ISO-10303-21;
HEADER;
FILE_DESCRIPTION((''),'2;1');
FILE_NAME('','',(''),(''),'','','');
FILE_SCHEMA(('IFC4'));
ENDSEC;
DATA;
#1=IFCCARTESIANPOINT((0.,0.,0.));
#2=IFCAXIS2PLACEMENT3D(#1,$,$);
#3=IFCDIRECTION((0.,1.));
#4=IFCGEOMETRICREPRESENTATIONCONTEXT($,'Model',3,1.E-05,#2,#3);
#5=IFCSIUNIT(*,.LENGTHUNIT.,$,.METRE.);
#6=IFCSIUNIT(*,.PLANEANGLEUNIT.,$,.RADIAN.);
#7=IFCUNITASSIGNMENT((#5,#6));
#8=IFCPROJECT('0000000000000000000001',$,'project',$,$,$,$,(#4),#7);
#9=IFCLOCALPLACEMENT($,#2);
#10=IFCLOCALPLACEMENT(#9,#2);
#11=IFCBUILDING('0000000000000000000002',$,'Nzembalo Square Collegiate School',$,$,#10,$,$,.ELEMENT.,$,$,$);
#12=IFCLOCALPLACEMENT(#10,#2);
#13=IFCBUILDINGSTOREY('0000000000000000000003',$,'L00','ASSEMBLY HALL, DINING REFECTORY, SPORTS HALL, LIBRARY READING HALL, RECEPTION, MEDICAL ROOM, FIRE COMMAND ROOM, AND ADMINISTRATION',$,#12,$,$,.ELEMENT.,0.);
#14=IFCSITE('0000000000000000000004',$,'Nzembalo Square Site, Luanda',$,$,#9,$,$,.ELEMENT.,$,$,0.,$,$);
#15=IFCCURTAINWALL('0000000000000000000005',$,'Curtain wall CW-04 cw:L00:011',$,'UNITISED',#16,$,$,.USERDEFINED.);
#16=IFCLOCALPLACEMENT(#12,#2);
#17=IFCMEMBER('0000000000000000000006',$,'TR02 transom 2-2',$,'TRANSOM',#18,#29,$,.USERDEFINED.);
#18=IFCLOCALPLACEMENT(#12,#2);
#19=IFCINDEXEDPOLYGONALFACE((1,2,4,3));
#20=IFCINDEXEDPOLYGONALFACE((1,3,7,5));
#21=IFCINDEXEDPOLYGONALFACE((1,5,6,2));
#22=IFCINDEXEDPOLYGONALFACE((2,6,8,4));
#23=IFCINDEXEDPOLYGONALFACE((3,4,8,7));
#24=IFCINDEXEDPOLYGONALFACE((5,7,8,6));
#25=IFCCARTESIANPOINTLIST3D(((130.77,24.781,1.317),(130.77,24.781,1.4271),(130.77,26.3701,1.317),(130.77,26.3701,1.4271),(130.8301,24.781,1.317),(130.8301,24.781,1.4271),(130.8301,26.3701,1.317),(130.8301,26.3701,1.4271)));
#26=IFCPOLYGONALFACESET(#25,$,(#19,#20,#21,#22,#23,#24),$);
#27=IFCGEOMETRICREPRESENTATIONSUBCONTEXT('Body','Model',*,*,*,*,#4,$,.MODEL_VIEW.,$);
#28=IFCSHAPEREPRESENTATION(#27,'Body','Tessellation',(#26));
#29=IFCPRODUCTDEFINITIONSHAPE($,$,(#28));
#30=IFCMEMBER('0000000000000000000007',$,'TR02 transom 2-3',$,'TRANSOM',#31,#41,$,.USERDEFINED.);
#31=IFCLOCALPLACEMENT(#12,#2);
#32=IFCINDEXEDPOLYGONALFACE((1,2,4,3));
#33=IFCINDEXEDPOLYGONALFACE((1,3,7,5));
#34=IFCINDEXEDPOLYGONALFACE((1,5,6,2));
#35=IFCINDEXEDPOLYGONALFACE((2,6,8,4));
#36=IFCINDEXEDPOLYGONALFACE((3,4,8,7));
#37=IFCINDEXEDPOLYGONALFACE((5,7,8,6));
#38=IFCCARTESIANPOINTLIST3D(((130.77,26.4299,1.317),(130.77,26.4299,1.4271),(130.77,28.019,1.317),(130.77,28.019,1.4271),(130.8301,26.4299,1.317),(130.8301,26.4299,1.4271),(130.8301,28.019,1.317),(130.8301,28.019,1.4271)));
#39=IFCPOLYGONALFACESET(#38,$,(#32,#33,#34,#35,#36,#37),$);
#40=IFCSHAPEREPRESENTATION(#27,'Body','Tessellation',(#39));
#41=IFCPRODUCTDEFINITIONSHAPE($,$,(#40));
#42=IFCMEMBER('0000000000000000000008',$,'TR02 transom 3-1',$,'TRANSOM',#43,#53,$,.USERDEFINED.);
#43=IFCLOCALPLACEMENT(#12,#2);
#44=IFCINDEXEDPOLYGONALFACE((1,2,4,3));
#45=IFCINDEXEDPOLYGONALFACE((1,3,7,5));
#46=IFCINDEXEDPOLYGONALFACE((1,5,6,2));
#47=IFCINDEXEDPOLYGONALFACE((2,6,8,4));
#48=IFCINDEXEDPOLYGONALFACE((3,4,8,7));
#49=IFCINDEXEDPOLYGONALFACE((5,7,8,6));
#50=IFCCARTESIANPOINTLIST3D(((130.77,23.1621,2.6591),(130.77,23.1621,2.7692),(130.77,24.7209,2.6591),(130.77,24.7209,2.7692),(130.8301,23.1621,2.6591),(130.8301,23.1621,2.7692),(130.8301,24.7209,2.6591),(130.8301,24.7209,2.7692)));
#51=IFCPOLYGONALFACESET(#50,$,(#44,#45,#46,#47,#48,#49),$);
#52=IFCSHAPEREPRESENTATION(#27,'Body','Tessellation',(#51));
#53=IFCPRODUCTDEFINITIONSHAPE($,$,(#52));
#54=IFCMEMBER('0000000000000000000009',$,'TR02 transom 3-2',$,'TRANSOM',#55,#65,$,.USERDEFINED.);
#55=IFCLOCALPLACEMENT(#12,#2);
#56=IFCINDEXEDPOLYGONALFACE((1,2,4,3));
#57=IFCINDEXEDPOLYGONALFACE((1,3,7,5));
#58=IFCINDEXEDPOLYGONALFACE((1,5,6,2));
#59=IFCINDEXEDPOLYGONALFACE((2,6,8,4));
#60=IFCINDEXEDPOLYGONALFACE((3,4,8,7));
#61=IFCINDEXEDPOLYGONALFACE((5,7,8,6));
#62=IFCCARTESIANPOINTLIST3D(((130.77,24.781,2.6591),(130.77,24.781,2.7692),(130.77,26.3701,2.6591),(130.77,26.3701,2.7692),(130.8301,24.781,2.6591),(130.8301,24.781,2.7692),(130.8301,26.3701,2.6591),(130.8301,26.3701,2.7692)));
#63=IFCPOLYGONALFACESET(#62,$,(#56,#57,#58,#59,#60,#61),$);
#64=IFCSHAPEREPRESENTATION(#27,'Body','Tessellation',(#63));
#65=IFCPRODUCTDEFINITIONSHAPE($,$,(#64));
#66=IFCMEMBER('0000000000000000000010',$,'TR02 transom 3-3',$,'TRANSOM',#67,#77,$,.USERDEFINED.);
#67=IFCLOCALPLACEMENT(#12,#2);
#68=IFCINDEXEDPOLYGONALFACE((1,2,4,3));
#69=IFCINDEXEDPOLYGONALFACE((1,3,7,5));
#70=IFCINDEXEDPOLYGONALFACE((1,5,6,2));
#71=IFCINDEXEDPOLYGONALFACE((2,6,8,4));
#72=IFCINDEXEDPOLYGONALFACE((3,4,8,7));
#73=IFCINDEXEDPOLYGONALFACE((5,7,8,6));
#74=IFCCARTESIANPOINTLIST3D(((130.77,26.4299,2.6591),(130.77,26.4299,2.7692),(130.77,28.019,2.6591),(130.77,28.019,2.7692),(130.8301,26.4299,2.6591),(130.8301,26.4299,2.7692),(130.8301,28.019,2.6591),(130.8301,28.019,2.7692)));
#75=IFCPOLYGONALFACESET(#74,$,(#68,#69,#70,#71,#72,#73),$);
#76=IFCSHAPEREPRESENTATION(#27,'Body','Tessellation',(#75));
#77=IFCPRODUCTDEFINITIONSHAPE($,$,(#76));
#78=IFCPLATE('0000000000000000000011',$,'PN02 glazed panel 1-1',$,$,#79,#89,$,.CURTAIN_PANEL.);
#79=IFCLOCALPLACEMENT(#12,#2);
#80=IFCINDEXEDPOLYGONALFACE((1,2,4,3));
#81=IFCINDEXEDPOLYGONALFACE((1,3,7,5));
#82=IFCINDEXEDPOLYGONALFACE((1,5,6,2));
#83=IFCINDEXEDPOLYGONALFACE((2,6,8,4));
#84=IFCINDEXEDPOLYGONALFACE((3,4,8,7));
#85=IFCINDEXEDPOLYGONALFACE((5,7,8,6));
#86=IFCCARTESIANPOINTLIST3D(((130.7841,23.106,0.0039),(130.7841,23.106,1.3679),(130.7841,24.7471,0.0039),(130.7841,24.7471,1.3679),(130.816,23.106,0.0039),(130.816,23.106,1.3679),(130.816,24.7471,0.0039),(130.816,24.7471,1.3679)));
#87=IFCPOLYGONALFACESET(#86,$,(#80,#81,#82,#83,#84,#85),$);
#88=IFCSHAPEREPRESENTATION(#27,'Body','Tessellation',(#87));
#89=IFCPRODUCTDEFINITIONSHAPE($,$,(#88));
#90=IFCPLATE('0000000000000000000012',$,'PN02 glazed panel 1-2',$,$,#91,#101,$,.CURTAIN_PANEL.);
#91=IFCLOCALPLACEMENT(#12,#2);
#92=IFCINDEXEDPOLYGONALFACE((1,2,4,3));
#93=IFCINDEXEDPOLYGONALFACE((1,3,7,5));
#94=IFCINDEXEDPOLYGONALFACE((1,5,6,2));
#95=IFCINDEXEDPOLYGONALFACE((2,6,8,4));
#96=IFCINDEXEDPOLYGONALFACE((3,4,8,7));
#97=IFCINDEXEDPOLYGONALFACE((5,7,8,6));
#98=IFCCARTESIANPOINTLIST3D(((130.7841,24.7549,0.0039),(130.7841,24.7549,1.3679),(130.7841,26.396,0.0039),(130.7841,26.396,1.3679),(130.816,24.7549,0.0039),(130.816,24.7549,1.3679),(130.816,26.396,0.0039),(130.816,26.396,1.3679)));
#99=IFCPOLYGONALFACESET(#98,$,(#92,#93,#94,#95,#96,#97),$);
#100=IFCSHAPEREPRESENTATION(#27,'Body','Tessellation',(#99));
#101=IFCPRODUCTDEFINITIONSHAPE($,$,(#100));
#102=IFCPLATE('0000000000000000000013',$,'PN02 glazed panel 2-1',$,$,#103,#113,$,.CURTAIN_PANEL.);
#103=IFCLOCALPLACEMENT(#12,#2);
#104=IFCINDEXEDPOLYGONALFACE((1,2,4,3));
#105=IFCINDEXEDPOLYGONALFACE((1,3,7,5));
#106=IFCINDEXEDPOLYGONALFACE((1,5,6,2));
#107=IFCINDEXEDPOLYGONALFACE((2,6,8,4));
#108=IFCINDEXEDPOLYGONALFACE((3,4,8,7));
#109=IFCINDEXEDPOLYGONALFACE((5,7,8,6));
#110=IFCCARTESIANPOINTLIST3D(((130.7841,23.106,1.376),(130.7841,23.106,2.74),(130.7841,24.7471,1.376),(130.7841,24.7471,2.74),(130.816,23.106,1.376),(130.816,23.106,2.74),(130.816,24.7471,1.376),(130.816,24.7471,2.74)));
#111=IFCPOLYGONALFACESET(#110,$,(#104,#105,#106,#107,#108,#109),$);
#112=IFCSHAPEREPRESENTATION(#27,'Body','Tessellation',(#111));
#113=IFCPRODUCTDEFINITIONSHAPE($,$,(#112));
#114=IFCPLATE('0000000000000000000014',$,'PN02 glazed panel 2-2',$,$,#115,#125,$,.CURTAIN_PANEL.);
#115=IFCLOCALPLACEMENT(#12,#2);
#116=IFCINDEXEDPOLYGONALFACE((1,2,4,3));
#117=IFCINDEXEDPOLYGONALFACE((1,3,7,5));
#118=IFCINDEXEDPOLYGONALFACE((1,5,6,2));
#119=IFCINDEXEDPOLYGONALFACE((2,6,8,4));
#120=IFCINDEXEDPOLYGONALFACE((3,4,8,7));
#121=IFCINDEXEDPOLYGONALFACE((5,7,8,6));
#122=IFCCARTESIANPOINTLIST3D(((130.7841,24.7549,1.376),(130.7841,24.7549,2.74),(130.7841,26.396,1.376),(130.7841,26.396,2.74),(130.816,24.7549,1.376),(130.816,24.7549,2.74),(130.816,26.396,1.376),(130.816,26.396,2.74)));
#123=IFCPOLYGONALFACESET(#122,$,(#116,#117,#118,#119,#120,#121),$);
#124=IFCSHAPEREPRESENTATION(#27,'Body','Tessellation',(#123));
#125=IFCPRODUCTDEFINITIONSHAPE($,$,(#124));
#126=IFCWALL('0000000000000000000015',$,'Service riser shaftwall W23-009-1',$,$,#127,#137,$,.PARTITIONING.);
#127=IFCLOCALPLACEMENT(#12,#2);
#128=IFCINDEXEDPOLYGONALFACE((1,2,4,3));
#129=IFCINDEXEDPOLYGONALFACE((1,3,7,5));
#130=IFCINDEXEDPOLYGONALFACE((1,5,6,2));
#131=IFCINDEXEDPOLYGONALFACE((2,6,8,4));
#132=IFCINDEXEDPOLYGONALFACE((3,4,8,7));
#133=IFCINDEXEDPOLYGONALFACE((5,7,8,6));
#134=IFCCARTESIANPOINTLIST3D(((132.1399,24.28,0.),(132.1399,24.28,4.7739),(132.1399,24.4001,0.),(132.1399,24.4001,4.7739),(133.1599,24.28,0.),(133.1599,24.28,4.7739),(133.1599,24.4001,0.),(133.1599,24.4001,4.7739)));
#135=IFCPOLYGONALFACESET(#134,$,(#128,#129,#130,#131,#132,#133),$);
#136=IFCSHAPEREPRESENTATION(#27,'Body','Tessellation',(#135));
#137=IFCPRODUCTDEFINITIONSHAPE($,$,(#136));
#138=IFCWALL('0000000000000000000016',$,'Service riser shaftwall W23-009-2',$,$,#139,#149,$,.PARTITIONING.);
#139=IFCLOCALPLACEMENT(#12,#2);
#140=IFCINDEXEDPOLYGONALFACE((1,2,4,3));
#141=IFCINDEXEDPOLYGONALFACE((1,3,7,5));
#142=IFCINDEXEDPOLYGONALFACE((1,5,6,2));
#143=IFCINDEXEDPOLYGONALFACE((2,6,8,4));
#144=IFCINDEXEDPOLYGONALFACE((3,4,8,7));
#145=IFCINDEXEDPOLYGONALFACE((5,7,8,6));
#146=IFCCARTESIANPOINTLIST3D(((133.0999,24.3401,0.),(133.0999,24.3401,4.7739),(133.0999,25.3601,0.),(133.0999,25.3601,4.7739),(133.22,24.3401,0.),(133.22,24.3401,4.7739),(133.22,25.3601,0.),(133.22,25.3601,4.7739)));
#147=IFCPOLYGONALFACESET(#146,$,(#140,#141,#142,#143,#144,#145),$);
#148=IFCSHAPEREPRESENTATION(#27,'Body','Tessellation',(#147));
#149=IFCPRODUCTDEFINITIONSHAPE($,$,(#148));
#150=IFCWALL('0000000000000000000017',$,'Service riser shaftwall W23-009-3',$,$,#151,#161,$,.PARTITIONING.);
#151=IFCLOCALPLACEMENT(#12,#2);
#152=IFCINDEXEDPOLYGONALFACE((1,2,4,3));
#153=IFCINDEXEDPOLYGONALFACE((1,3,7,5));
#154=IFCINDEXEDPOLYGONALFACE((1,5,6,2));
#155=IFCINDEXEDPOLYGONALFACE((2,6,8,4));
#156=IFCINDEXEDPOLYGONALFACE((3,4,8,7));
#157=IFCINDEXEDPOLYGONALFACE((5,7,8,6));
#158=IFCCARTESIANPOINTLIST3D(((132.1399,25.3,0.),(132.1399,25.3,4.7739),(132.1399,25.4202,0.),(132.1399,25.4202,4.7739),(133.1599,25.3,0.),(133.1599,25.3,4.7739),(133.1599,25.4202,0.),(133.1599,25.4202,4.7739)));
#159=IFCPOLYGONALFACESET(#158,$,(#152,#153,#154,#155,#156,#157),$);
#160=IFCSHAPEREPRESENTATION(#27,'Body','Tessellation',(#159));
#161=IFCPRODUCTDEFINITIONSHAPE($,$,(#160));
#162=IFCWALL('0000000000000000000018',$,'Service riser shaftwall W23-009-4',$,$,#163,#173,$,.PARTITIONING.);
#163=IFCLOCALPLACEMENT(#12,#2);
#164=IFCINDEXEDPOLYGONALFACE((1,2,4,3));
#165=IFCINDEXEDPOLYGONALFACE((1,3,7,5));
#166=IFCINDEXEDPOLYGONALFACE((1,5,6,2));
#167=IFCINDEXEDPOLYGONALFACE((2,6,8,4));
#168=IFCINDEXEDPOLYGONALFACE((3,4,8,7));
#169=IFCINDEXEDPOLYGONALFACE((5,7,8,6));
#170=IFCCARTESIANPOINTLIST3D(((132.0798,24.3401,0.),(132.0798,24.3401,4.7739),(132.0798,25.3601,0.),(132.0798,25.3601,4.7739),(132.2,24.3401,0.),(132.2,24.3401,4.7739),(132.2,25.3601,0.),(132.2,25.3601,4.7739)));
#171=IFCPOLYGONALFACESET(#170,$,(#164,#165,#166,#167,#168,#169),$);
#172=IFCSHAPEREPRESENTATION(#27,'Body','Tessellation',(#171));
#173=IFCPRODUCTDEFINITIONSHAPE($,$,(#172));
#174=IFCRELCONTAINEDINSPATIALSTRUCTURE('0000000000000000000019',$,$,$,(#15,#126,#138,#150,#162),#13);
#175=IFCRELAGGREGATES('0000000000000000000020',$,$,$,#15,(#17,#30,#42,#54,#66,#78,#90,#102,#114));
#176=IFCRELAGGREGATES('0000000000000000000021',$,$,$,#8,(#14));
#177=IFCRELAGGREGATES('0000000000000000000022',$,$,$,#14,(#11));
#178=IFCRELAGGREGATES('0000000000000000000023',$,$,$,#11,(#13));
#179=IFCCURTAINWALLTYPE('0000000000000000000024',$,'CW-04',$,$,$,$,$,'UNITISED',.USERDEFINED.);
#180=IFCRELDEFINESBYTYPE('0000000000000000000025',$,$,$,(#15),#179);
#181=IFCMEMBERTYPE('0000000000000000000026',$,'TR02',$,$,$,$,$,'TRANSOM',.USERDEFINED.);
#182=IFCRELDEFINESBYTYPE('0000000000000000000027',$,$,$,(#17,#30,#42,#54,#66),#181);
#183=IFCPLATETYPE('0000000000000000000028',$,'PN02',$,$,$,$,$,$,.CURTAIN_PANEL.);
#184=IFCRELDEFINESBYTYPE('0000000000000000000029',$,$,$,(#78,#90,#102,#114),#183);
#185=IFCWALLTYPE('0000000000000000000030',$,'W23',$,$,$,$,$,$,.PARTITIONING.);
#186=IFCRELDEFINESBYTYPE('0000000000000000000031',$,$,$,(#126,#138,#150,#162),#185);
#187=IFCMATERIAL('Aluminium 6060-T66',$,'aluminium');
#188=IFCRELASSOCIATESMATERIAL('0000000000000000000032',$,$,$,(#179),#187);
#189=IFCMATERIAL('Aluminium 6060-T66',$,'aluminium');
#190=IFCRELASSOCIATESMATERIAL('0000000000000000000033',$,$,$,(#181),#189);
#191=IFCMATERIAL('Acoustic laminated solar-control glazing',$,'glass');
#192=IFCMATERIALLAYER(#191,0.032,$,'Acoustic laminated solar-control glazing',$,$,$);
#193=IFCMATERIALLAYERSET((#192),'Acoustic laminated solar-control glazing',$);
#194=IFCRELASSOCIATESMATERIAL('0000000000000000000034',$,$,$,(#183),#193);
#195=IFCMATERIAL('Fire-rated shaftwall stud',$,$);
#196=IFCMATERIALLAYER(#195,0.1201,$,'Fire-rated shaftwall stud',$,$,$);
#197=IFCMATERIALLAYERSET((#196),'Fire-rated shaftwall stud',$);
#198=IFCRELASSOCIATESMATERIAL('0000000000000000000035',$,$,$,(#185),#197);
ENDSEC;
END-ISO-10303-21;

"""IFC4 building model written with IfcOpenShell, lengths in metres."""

from ifc_helpers import new_model, si_unit, direction, frame, frame_2d, origin, origin_2d, place, context, subcontext, project, spatial, rectangle, extrude, material, layer, layer_set, material_profile, profile_set, type_object, element, aggregate, save


model = new_model("IFC4")

# Units and contexts
model_context = context("Model", 3, precision=1e-05, world=origin(), true_north=direction((0.0, 1.0)))
body_context = subcontext(model_context, "Body", "Model", "MODEL_VIEW")
ifc_project = project(units=[si_unit("LENGTHUNIT", "METRE"), si_unit("PLANEANGLEUNIT", "RADIAN")], contexts=[model_context])

# Site, building, storey
site_placement = place(None, origin())
site = spatial("IfcSite", under=ifc_project, at=site_placement, Name="Nzembalo Square Site, Luanda", CompositionType="ELEMENT", RefElevation=0.0)
building_placement = place(site_placement, origin())
building = spatial("IfcBuilding", under=site, at=building_placement, Name="Nzembalo Square Collegiate School", CompositionType="ELEMENT")
storey_placement = place(building_placement, origin())
storey = spatial("IfcBuildingStorey", under=building, at=storey_placement, Name="L00", Description="ASSEMBLY HALL, DINING REFECTORY, SPORTS HALL, LIBRARY READING HALL, RECEPTION, MEDICAL ROOM, FIRE COMMAND ROOM, AND ADMINISTRATION", CompositionType="ELEMENT", Elevation=0.0)

# Curtain wall, members, plates
ifc_material_1 = material(Name="Aluminium 6060-T66", Category="aluminium")
curtain_wall_type = type_object("IfcCurtainWallType", Name="CW-04", ElementType="UNITISED", PredefinedType="USERDEFINED", material=ifc_material_1)
curtain_wall_placement = place(storey_placement, origin())
curtain_wall = element("IfcCurtainWall", 1, at=curtain_wall_placement, inside=storey, type_object=curtain_wall_type, Name="Curtain wall CW-04 cw:L00:011", ObjectType="UNITISED", PredefinedType="USERDEFINED")
ifc_material_2 = material(Name="Aluminium 6060-T66", Category="aluminium")
ifc_material_profile_1 = material_profile(ifc_material_2, rectangle(XDim=0.0601, YDim=0.1101, at=origin_2d()), Name="ALU T60x110")
ifc_profile_set_1 = profile_set([ifc_material_profile_1], Name="Aluminium 6060-T66")
member_type_1 = type_object("IfcMemberType", Name="TR02", ElementType="TRANSOM", PredefinedType="USERDEFINED", material=ifc_profile_set_1)
member_1_placement = place(storey_placement, frame((130.8, 24.781, 1.3721), z_axis=(0.0, 1.0, 0.0), x_axis=(-1.0, 0.0, 0.0)))
member_1 = element("IfcMember", 2, at=member_1_placement, type_object=member_type_1, Name="TR02 transom 2-2", ObjectType="TRANSOM", PredefinedType="USERDEFINED", context=body_context, shape_type="SweptSolid", body=[
    extrude(rectangle(XDim=0.0601, YDim=0.1101, at=origin_2d()), origin(), (0.0, 0.0, 1.0), 1.5891),
])
member_2_placement = place(storey_placement, frame((130.8, 26.4299, 1.3721), z_axis=(0.0, 1.0, 0.0), x_axis=(-1.0, 0.0, 0.0)))
member_2 = element("IfcMember", 3, at=member_2_placement, type_object=member_type_1, Name="TR02 transom 2-3", ObjectType="TRANSOM", PredefinedType="USERDEFINED", context=body_context, shape_type="SweptSolid", body=[
    extrude(rectangle(XDim=0.0601, YDim=0.1101, at=origin_2d()), origin(), (0.0, 0.0, 1.0), 1.5891),
])
member_3_placement = place(storey_placement, frame((130.8, 23.1621, 2.7141), z_axis=(0.0, 1.0, 0.0), x_axis=(-1.0, 0.0, 0.0)))
member_3 = element("IfcMember", 4, at=member_3_placement, type_object=member_type_1, Name="TR02 transom 3-1", ObjectType="TRANSOM", PredefinedType="USERDEFINED", context=body_context, shape_type="SweptSolid", body=[
    extrude(rectangle(XDim=0.0601, YDim=0.1101, at=origin_2d()), origin(), (0.0, 0.0, 1.0), 1.5588),
])
member_4_placement = place(storey_placement, frame((130.8, 24.781, 2.7141), z_axis=(0.0, 1.0, 0.0), x_axis=(-1.0, 0.0, 0.0)))
member_4 = element("IfcMember", 5, at=member_4_placement, type_object=member_type_1, Name="TR02 transom 3-2", ObjectType="TRANSOM", PredefinedType="USERDEFINED", context=body_context, shape_type="SweptSolid", body=[
    extrude(rectangle(XDim=0.0601, YDim=0.1101, at=origin_2d()), origin(), (0.0, 0.0, 1.0), 1.5891),
])
member_5_placement = place(storey_placement, frame((130.8, 26.4299, 2.7141), z_axis=(0.0, 1.0, 0.0), x_axis=(-1.0, 0.0, 0.0)))
member_5 = element("IfcMember", 6, at=member_5_placement, type_object=member_type_1, Name="TR02 transom 3-3", ObjectType="TRANSOM", PredefinedType="USERDEFINED", context=body_context, shape_type="SweptSolid", body=[
    extrude(rectangle(XDim=0.0601, YDim=0.1101, at=origin_2d()), origin(), (0.0, 0.0, 1.0), 1.5891),
])
ifc_material_3 = material(Name="Acoustic laminated solar-control glazing", Category="glass")
ifc_layer_1 = layer(ifc_material_3, 0.032, Name="Acoustic laminated solar-control glazing")
ifc_layer_set_1 = layer_set([ifc_layer_1], Name="Acoustic laminated solar-control glazing")
plate_type = type_object("IfcPlateType", Name="PN02", PredefinedType="CURTAIN_PANEL", material=ifc_layer_set_1)
plate_1_placement = place(storey_placement, frame((130.8, 23.9265, 0.0039), z_axis=(0.0, 0.0, 1.0), x_axis=(0.0, 1.0, 0.0)))
plate_1 = element("IfcPlate", 7, at=plate_1_placement, type_object=plate_type, Name="PN02 glazed panel 1-1", PredefinedType="CURTAIN_PANEL", context=body_context, shape_type="SweptSolid", body=[
    extrude(rectangle(XDim=1.6411, YDim=0.032, at=origin_2d()), origin(), (0.0, 0.0, 1.0), 1.364),
])
plate_2_placement = place(storey_placement, frame((130.8, 25.5754, 0.0039), z_axis=(0.0, 0.0, 1.0), x_axis=(0.0, 1.0, 0.0)))
plate_2 = element("IfcPlate", 8, at=plate_2_placement, type_object=plate_type, Name="PN02 glazed panel 1-2", PredefinedType="CURTAIN_PANEL", context=body_context, shape_type="SweptSolid", body=[
    extrude(rectangle(XDim=1.6411, YDim=0.032, at=origin_2d()), origin(), (0.0, 0.0, 1.0), 1.364),
])
plate_3_placement = place(storey_placement, frame((130.8, 23.9265, 1.376), z_axis=(0.0, 0.0, 1.0), x_axis=(0.0, 1.0, 0.0)))
plate_3 = element("IfcPlate", 9, at=plate_3_placement, type_object=plate_type, Name="PN02 glazed panel 2-1", PredefinedType="CURTAIN_PANEL", context=body_context, shape_type="SweptSolid", body=[
    extrude(rectangle(XDim=1.6411, YDim=0.032, at=origin_2d()), origin(), (0.0, 0.0, 1.0), 1.364),
])
plate_4_placement = place(storey_placement, frame((130.8, 25.5754, 1.376), z_axis=(0.0, 0.0, 1.0), x_axis=(0.0, 1.0, 0.0)))
plate_4 = element("IfcPlate", 10, at=plate_4_placement, type_object=plate_type, Name="PN02 glazed panel 2-2", PredefinedType="CURTAIN_PANEL", context=body_context, shape_type="SweptSolid", body=[
    extrude(rectangle(XDim=1.6411, YDim=0.032, at=origin_2d()), origin(), (0.0, 0.0, 1.0), 1.364),
])
aggregate(curtain_wall, [member_1, member_2, member_3, member_4, member_5, plate_1, plate_2, plate_3, plate_4])

# Walls
ifc_material_4 = material(Name="Fire-rated shaftwall stud")
ifc_layer_2 = layer(ifc_material_4, 0.1201, Name="Fire-rated shaftwall stud")
ifc_layer_set_2 = layer_set([ifc_layer_2], Name="Fire-rated shaftwall stud")
wall_type = type_object("IfcWallType", Name="W23", PredefinedType="PARTITIONING", material=ifc_layer_set_2)
for number, where, z_axis, x_axis, name in (
    (11, (132.1399, 24.3401, 0.0), (0.0, 0.0, 1.0), (1.0, 0.0, 0.0), "Service riser shaftwall W23-009-1"),
    (12, (133.1599, 24.3401, 0.0), (0.0, 0.0, 1.0), (0.0, 1.0, 0.0), "Service riser shaftwall W23-009-2"),
    (13, (133.1599, 25.3601, 0.0), (0.0, 0.0, 1.0), (-1.0, 0.0, 0.0), "Service riser shaftwall W23-009-3"),
    (14, (132.1399, 25.3601, 0.0), (0.0, 0.0, 1.0), (0.0, -1.0, 0.0), "Service riser shaftwall W23-009-4"),
):
    element("IfcWall", number, at=place(storey_placement, frame(where, z_axis=z_axis, x_axis=x_axis)), inside=storey, type_object=wall_type, Name=name, PredefinedType="PARTITIONING", context=body_context, shape_type="SweptSolid", body=[
        extrude(rectangle(XDim=1.02, YDim=0.1201, at=frame_2d((0.51, 0.0))), origin(), (0.0, 0.0, 1.0), 4.7739),
    ])

save(model, "model.ifc")
